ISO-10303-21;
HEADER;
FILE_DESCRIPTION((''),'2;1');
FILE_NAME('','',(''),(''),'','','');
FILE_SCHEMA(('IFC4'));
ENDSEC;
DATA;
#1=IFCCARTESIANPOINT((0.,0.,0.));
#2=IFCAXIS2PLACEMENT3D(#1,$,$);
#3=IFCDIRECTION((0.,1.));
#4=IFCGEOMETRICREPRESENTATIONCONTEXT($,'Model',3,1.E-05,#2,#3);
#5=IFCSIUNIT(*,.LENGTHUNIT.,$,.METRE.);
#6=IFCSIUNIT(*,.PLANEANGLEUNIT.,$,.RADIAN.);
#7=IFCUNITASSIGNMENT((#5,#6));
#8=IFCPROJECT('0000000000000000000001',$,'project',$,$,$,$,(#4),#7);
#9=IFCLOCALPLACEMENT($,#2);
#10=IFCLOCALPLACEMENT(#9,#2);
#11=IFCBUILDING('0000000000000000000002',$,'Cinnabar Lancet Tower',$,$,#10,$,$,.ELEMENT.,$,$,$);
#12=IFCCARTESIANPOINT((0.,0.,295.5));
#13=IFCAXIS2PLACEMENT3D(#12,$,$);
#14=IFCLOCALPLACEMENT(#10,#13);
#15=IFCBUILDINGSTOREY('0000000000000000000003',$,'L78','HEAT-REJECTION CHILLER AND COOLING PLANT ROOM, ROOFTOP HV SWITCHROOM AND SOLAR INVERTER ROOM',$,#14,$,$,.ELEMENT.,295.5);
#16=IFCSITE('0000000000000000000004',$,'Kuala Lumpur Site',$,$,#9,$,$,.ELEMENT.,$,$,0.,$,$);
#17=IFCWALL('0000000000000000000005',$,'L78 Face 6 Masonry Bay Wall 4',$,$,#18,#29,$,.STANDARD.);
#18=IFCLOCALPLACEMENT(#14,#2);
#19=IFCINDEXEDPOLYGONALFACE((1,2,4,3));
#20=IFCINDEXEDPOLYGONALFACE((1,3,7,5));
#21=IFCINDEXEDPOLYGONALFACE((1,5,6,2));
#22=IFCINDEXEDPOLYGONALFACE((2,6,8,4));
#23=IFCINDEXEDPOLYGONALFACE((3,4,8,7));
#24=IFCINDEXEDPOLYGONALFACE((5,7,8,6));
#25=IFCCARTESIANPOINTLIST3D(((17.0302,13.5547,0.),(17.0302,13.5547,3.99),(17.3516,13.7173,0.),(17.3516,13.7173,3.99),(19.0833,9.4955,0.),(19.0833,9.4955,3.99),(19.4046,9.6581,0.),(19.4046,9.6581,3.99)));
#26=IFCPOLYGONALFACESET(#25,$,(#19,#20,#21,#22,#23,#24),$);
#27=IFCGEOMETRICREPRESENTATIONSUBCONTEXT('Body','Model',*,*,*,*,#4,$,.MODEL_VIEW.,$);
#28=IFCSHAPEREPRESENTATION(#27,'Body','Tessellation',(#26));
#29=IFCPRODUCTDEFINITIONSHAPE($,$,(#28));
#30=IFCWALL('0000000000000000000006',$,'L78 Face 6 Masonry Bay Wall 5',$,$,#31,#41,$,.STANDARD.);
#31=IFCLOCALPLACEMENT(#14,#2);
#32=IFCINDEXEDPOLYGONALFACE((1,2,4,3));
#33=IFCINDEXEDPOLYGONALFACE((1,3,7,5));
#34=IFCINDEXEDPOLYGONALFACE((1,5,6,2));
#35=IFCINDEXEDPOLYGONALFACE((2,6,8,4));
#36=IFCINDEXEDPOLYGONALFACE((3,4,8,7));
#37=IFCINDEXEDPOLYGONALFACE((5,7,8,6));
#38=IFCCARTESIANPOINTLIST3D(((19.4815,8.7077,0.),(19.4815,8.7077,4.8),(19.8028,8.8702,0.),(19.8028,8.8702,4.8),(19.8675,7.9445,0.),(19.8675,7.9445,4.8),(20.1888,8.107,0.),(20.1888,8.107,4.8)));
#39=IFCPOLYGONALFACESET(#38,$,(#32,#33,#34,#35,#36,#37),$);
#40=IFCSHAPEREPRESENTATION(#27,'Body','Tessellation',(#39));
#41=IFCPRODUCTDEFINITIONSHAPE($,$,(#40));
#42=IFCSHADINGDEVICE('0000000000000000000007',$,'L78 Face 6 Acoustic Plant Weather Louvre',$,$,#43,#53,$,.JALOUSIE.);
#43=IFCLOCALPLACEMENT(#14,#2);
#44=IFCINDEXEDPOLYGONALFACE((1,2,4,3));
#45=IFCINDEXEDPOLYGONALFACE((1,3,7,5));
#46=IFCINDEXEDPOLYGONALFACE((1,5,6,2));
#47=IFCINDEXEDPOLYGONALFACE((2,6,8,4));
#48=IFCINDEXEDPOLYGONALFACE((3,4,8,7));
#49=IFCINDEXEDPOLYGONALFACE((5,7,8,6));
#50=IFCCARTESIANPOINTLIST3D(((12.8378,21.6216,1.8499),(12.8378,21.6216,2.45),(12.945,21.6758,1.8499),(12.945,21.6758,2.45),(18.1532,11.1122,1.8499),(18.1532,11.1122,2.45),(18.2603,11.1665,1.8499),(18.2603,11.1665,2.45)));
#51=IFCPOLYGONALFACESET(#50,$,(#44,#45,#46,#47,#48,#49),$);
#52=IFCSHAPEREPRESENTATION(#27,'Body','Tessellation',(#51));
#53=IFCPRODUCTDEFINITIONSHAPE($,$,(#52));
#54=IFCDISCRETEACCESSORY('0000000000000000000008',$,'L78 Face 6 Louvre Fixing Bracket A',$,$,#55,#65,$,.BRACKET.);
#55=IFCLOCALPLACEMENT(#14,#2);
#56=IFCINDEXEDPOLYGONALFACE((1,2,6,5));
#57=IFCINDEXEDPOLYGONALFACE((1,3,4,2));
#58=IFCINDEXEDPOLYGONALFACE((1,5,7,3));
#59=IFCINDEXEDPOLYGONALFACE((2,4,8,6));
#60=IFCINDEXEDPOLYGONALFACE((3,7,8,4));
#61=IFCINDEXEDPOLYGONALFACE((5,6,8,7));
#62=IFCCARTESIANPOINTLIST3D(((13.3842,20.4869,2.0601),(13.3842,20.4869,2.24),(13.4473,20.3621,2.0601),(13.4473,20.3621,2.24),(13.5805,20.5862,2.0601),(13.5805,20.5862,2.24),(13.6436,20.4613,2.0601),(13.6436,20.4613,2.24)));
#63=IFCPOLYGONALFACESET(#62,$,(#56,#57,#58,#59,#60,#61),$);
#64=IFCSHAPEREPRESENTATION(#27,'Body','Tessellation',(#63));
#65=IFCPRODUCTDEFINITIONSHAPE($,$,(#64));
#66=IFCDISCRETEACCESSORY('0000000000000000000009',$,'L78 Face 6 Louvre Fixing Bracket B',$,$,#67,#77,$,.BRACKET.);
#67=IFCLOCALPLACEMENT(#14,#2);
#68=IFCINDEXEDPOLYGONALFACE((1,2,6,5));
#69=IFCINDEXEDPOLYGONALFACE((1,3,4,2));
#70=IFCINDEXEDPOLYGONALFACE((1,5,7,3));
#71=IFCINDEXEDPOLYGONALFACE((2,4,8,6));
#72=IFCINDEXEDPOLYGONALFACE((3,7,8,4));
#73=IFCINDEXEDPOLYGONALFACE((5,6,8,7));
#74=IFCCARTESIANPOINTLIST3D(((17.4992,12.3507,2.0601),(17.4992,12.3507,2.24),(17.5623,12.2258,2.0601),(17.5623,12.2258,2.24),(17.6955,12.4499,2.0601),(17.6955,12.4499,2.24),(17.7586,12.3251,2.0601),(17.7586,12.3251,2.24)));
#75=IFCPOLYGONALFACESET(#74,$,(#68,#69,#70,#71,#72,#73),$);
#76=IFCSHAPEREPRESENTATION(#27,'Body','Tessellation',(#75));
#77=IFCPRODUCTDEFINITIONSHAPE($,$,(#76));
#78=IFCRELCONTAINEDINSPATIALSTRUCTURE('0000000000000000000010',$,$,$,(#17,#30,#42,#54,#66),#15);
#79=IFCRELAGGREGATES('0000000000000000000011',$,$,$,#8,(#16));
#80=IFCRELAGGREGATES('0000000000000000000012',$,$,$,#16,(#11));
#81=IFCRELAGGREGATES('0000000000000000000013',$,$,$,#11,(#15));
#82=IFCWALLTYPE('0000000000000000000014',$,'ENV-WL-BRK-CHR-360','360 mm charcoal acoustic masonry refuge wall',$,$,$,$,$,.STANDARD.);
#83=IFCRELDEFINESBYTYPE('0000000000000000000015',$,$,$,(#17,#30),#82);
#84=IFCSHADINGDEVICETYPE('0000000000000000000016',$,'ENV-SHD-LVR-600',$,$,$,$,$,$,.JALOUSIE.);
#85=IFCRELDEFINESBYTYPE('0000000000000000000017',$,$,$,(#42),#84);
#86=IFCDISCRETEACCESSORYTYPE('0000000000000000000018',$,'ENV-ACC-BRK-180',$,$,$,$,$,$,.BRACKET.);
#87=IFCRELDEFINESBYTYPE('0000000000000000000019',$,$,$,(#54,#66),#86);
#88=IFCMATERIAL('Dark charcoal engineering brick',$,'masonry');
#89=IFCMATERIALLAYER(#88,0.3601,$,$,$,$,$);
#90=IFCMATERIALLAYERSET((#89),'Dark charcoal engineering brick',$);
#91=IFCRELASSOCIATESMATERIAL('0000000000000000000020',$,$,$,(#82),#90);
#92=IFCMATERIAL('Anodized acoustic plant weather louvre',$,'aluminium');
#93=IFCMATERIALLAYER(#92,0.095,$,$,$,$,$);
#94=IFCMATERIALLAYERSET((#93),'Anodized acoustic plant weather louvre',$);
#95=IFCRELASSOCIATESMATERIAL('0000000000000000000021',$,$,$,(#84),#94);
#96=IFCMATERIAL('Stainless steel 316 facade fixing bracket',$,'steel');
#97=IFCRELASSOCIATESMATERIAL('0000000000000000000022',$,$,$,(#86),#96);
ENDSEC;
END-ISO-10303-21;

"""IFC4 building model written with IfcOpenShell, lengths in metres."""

from ifc_helpers import new_model, si_unit, direction, frame, frame_2d, origin, origin_2d, place, context, subcontext, project, spatial, rectangle, extrude, material, layer, layer_set, type_object, element, save


model = new_model("IFC4")

# Units and contexts
model_context = context("Model", 3, precision=1e-05, world=origin(), true_north=direction((0.0, 1.0)))
body_context = subcontext(model_context, "Body", "Model", "MODEL_VIEW")
ifc_project = project(units=[si_unit("LENGTHUNIT", "METRE"), si_unit("PLANEANGLEUNIT", "RADIAN")], contexts=[model_context])

# Site, building, storey
site_placement = place(None, origin())
site = spatial("IfcSite", under=ifc_project, at=site_placement, Name="Kuala Lumpur Site", CompositionType="ELEMENT", RefElevation=0.0)
building_placement = place(site_placement, origin())
building = spatial("IfcBuilding", under=site, at=building_placement, Name="Cinnabar Lancet Tower", CompositionType="ELEMENT")
storey_placement = place(building_placement, frame((0.0, 0.0, 295.5)))
storey = spatial("IfcBuildingStorey", under=building, at=storey_placement, Name="L78", Description="HEAT-REJECTION CHILLER AND COOLING PLANT ROOM, ROOFTOP HV SWITCHROOM AND SOLAR INVERTER ROOM", CompositionType="ELEMENT", Elevation=295.5)

# Walls
ifc_material_1 = material(Name="Dark charcoal engineering brick", Category="masonry")
ifc_layer_1 = layer(ifc_material_1, 0.3601)
ifc_layer_set_1 = layer_set([ifc_layer_1], Name="Dark charcoal engineering brick")
wall_type_1 = type_object("IfcWallType", Name="ENV-WL-BRK-CHR-360", Description="360 mm charcoal acoustic masonry refuge wall", PredefinedType="STANDARD", material=ifc_layer_set_1)
wall_1_placement = place(storey_placement, frame((17.1909, 13.636, 0.0), z_axis=(0.0, 0.0, 1.0), x_axis=(0.451331, -0.892357, 0.0)))
element("IfcWall", 1, at=wall_1_placement, inside=storey, type_object=wall_type_1, Name="L78 Face 6 Masonry Bay Wall 4", PredefinedType="STANDARD", context=body_context, shape_type="SweptSolid", body=[
    extrude(rectangle(XDim=4.5488, YDim=0.3601, at=frame_2d((2.2744, 0.0))), origin(), (0.0, 0.0, 1.0), 3.99),
])
wall_2_placement = place(storey_placement, frame((19.6421, 8.7891, 0.0), z_axis=(0.0, 0.0, 1.0), x_axis=(0.45132, -0.892362, 0.0)))
element("IfcWall", 2, at=wall_2_placement, inside=storey, type_object=wall_type_1, Name="L78 Face 6 Masonry Bay Wall 5", PredefinedType="STANDARD", context=body_context, shape_type="SweptSolid", body=[
    extrude(rectangle(XDim=0.8552, YDim=0.3601, at=frame_2d((0.4277, 0.0))), origin(), (0.0, 0.0, 1.0), 4.8),
])

# Shading device
ifc_material_2 = material(Name="Anodized acoustic plant weather louvre", Category="aluminium")
ifc_layer_2 = layer(ifc_material_2, 0.095)
ifc_layer_set_2 = layer_set([ifc_layer_2], Name="Anodized acoustic plant weather louvre")
shading_device_type = type_object("IfcShadingDeviceType", Name="ENV-SHD-LVR-600", PredefinedType="JALOUSIE", material=ifc_layer_set_2)
shading_device_placement = place(storey_placement, frame((15.5491, 16.394, 1.8499), z_axis=(0.0, 0.0, 1.0), x_axis=(0.451329, -0.892357, 0.0)))
element("IfcShadingDevice", 3, at=shading_device_placement, inside=storey, type_object=shading_device_type, Name="L78 Face 6 Acoustic Plant Weather Louvre", PredefinedType="JALOUSIE", context=body_context, shape_type="SweptSolid", body=[
    extrude(rectangle(XDim=11.7771, YDim=0.1201, at=origin_2d()), origin(), (0.0, 0.0, 1.0), 0.6001),
])

# Discrete accessories
ifc_material_3 = material(Name="Stainless steel 316 facade fixing bracket", Category="steel")
discrete_accessory_type = type_object("IfcDiscreteAccessoryType", Name="ENV-ACC-BRK-180", PredefinedType="BRACKET", material=ifc_material_3)
for number, where, z_axis, x_axis, name in (
    (4, (13.5139, 20.4741, 2.0601), (0.0, 0.0, 1.0), (0.451329, -0.892357, 0.0), "L78 Face 6 Louvre Fixing Bracket A"),
    (5, (17.6289, 12.3379, 2.0601), (0.0, 0.0, 1.0), (0.451329, -0.892357, 0.0), "L78 Face 6 Louvre Fixing Bracket B"),
):
    element("IfcDiscreteAccessory", number, at=place(storey_placement, frame(where, z_axis=z_axis, x_axis=x_axis)), inside=storey, type_object=discrete_accessory_type, Name=name, PredefinedType="BRACKET", context=body_context, shape_type="SweptSolid", body=[
        extrude(rectangle(XDim=0.1399, YDim=0.22, at=origin_2d()), origin(), (0.0, 0.0, 1.0), 0.1799),
    ])

save(model, "model.ifc")
